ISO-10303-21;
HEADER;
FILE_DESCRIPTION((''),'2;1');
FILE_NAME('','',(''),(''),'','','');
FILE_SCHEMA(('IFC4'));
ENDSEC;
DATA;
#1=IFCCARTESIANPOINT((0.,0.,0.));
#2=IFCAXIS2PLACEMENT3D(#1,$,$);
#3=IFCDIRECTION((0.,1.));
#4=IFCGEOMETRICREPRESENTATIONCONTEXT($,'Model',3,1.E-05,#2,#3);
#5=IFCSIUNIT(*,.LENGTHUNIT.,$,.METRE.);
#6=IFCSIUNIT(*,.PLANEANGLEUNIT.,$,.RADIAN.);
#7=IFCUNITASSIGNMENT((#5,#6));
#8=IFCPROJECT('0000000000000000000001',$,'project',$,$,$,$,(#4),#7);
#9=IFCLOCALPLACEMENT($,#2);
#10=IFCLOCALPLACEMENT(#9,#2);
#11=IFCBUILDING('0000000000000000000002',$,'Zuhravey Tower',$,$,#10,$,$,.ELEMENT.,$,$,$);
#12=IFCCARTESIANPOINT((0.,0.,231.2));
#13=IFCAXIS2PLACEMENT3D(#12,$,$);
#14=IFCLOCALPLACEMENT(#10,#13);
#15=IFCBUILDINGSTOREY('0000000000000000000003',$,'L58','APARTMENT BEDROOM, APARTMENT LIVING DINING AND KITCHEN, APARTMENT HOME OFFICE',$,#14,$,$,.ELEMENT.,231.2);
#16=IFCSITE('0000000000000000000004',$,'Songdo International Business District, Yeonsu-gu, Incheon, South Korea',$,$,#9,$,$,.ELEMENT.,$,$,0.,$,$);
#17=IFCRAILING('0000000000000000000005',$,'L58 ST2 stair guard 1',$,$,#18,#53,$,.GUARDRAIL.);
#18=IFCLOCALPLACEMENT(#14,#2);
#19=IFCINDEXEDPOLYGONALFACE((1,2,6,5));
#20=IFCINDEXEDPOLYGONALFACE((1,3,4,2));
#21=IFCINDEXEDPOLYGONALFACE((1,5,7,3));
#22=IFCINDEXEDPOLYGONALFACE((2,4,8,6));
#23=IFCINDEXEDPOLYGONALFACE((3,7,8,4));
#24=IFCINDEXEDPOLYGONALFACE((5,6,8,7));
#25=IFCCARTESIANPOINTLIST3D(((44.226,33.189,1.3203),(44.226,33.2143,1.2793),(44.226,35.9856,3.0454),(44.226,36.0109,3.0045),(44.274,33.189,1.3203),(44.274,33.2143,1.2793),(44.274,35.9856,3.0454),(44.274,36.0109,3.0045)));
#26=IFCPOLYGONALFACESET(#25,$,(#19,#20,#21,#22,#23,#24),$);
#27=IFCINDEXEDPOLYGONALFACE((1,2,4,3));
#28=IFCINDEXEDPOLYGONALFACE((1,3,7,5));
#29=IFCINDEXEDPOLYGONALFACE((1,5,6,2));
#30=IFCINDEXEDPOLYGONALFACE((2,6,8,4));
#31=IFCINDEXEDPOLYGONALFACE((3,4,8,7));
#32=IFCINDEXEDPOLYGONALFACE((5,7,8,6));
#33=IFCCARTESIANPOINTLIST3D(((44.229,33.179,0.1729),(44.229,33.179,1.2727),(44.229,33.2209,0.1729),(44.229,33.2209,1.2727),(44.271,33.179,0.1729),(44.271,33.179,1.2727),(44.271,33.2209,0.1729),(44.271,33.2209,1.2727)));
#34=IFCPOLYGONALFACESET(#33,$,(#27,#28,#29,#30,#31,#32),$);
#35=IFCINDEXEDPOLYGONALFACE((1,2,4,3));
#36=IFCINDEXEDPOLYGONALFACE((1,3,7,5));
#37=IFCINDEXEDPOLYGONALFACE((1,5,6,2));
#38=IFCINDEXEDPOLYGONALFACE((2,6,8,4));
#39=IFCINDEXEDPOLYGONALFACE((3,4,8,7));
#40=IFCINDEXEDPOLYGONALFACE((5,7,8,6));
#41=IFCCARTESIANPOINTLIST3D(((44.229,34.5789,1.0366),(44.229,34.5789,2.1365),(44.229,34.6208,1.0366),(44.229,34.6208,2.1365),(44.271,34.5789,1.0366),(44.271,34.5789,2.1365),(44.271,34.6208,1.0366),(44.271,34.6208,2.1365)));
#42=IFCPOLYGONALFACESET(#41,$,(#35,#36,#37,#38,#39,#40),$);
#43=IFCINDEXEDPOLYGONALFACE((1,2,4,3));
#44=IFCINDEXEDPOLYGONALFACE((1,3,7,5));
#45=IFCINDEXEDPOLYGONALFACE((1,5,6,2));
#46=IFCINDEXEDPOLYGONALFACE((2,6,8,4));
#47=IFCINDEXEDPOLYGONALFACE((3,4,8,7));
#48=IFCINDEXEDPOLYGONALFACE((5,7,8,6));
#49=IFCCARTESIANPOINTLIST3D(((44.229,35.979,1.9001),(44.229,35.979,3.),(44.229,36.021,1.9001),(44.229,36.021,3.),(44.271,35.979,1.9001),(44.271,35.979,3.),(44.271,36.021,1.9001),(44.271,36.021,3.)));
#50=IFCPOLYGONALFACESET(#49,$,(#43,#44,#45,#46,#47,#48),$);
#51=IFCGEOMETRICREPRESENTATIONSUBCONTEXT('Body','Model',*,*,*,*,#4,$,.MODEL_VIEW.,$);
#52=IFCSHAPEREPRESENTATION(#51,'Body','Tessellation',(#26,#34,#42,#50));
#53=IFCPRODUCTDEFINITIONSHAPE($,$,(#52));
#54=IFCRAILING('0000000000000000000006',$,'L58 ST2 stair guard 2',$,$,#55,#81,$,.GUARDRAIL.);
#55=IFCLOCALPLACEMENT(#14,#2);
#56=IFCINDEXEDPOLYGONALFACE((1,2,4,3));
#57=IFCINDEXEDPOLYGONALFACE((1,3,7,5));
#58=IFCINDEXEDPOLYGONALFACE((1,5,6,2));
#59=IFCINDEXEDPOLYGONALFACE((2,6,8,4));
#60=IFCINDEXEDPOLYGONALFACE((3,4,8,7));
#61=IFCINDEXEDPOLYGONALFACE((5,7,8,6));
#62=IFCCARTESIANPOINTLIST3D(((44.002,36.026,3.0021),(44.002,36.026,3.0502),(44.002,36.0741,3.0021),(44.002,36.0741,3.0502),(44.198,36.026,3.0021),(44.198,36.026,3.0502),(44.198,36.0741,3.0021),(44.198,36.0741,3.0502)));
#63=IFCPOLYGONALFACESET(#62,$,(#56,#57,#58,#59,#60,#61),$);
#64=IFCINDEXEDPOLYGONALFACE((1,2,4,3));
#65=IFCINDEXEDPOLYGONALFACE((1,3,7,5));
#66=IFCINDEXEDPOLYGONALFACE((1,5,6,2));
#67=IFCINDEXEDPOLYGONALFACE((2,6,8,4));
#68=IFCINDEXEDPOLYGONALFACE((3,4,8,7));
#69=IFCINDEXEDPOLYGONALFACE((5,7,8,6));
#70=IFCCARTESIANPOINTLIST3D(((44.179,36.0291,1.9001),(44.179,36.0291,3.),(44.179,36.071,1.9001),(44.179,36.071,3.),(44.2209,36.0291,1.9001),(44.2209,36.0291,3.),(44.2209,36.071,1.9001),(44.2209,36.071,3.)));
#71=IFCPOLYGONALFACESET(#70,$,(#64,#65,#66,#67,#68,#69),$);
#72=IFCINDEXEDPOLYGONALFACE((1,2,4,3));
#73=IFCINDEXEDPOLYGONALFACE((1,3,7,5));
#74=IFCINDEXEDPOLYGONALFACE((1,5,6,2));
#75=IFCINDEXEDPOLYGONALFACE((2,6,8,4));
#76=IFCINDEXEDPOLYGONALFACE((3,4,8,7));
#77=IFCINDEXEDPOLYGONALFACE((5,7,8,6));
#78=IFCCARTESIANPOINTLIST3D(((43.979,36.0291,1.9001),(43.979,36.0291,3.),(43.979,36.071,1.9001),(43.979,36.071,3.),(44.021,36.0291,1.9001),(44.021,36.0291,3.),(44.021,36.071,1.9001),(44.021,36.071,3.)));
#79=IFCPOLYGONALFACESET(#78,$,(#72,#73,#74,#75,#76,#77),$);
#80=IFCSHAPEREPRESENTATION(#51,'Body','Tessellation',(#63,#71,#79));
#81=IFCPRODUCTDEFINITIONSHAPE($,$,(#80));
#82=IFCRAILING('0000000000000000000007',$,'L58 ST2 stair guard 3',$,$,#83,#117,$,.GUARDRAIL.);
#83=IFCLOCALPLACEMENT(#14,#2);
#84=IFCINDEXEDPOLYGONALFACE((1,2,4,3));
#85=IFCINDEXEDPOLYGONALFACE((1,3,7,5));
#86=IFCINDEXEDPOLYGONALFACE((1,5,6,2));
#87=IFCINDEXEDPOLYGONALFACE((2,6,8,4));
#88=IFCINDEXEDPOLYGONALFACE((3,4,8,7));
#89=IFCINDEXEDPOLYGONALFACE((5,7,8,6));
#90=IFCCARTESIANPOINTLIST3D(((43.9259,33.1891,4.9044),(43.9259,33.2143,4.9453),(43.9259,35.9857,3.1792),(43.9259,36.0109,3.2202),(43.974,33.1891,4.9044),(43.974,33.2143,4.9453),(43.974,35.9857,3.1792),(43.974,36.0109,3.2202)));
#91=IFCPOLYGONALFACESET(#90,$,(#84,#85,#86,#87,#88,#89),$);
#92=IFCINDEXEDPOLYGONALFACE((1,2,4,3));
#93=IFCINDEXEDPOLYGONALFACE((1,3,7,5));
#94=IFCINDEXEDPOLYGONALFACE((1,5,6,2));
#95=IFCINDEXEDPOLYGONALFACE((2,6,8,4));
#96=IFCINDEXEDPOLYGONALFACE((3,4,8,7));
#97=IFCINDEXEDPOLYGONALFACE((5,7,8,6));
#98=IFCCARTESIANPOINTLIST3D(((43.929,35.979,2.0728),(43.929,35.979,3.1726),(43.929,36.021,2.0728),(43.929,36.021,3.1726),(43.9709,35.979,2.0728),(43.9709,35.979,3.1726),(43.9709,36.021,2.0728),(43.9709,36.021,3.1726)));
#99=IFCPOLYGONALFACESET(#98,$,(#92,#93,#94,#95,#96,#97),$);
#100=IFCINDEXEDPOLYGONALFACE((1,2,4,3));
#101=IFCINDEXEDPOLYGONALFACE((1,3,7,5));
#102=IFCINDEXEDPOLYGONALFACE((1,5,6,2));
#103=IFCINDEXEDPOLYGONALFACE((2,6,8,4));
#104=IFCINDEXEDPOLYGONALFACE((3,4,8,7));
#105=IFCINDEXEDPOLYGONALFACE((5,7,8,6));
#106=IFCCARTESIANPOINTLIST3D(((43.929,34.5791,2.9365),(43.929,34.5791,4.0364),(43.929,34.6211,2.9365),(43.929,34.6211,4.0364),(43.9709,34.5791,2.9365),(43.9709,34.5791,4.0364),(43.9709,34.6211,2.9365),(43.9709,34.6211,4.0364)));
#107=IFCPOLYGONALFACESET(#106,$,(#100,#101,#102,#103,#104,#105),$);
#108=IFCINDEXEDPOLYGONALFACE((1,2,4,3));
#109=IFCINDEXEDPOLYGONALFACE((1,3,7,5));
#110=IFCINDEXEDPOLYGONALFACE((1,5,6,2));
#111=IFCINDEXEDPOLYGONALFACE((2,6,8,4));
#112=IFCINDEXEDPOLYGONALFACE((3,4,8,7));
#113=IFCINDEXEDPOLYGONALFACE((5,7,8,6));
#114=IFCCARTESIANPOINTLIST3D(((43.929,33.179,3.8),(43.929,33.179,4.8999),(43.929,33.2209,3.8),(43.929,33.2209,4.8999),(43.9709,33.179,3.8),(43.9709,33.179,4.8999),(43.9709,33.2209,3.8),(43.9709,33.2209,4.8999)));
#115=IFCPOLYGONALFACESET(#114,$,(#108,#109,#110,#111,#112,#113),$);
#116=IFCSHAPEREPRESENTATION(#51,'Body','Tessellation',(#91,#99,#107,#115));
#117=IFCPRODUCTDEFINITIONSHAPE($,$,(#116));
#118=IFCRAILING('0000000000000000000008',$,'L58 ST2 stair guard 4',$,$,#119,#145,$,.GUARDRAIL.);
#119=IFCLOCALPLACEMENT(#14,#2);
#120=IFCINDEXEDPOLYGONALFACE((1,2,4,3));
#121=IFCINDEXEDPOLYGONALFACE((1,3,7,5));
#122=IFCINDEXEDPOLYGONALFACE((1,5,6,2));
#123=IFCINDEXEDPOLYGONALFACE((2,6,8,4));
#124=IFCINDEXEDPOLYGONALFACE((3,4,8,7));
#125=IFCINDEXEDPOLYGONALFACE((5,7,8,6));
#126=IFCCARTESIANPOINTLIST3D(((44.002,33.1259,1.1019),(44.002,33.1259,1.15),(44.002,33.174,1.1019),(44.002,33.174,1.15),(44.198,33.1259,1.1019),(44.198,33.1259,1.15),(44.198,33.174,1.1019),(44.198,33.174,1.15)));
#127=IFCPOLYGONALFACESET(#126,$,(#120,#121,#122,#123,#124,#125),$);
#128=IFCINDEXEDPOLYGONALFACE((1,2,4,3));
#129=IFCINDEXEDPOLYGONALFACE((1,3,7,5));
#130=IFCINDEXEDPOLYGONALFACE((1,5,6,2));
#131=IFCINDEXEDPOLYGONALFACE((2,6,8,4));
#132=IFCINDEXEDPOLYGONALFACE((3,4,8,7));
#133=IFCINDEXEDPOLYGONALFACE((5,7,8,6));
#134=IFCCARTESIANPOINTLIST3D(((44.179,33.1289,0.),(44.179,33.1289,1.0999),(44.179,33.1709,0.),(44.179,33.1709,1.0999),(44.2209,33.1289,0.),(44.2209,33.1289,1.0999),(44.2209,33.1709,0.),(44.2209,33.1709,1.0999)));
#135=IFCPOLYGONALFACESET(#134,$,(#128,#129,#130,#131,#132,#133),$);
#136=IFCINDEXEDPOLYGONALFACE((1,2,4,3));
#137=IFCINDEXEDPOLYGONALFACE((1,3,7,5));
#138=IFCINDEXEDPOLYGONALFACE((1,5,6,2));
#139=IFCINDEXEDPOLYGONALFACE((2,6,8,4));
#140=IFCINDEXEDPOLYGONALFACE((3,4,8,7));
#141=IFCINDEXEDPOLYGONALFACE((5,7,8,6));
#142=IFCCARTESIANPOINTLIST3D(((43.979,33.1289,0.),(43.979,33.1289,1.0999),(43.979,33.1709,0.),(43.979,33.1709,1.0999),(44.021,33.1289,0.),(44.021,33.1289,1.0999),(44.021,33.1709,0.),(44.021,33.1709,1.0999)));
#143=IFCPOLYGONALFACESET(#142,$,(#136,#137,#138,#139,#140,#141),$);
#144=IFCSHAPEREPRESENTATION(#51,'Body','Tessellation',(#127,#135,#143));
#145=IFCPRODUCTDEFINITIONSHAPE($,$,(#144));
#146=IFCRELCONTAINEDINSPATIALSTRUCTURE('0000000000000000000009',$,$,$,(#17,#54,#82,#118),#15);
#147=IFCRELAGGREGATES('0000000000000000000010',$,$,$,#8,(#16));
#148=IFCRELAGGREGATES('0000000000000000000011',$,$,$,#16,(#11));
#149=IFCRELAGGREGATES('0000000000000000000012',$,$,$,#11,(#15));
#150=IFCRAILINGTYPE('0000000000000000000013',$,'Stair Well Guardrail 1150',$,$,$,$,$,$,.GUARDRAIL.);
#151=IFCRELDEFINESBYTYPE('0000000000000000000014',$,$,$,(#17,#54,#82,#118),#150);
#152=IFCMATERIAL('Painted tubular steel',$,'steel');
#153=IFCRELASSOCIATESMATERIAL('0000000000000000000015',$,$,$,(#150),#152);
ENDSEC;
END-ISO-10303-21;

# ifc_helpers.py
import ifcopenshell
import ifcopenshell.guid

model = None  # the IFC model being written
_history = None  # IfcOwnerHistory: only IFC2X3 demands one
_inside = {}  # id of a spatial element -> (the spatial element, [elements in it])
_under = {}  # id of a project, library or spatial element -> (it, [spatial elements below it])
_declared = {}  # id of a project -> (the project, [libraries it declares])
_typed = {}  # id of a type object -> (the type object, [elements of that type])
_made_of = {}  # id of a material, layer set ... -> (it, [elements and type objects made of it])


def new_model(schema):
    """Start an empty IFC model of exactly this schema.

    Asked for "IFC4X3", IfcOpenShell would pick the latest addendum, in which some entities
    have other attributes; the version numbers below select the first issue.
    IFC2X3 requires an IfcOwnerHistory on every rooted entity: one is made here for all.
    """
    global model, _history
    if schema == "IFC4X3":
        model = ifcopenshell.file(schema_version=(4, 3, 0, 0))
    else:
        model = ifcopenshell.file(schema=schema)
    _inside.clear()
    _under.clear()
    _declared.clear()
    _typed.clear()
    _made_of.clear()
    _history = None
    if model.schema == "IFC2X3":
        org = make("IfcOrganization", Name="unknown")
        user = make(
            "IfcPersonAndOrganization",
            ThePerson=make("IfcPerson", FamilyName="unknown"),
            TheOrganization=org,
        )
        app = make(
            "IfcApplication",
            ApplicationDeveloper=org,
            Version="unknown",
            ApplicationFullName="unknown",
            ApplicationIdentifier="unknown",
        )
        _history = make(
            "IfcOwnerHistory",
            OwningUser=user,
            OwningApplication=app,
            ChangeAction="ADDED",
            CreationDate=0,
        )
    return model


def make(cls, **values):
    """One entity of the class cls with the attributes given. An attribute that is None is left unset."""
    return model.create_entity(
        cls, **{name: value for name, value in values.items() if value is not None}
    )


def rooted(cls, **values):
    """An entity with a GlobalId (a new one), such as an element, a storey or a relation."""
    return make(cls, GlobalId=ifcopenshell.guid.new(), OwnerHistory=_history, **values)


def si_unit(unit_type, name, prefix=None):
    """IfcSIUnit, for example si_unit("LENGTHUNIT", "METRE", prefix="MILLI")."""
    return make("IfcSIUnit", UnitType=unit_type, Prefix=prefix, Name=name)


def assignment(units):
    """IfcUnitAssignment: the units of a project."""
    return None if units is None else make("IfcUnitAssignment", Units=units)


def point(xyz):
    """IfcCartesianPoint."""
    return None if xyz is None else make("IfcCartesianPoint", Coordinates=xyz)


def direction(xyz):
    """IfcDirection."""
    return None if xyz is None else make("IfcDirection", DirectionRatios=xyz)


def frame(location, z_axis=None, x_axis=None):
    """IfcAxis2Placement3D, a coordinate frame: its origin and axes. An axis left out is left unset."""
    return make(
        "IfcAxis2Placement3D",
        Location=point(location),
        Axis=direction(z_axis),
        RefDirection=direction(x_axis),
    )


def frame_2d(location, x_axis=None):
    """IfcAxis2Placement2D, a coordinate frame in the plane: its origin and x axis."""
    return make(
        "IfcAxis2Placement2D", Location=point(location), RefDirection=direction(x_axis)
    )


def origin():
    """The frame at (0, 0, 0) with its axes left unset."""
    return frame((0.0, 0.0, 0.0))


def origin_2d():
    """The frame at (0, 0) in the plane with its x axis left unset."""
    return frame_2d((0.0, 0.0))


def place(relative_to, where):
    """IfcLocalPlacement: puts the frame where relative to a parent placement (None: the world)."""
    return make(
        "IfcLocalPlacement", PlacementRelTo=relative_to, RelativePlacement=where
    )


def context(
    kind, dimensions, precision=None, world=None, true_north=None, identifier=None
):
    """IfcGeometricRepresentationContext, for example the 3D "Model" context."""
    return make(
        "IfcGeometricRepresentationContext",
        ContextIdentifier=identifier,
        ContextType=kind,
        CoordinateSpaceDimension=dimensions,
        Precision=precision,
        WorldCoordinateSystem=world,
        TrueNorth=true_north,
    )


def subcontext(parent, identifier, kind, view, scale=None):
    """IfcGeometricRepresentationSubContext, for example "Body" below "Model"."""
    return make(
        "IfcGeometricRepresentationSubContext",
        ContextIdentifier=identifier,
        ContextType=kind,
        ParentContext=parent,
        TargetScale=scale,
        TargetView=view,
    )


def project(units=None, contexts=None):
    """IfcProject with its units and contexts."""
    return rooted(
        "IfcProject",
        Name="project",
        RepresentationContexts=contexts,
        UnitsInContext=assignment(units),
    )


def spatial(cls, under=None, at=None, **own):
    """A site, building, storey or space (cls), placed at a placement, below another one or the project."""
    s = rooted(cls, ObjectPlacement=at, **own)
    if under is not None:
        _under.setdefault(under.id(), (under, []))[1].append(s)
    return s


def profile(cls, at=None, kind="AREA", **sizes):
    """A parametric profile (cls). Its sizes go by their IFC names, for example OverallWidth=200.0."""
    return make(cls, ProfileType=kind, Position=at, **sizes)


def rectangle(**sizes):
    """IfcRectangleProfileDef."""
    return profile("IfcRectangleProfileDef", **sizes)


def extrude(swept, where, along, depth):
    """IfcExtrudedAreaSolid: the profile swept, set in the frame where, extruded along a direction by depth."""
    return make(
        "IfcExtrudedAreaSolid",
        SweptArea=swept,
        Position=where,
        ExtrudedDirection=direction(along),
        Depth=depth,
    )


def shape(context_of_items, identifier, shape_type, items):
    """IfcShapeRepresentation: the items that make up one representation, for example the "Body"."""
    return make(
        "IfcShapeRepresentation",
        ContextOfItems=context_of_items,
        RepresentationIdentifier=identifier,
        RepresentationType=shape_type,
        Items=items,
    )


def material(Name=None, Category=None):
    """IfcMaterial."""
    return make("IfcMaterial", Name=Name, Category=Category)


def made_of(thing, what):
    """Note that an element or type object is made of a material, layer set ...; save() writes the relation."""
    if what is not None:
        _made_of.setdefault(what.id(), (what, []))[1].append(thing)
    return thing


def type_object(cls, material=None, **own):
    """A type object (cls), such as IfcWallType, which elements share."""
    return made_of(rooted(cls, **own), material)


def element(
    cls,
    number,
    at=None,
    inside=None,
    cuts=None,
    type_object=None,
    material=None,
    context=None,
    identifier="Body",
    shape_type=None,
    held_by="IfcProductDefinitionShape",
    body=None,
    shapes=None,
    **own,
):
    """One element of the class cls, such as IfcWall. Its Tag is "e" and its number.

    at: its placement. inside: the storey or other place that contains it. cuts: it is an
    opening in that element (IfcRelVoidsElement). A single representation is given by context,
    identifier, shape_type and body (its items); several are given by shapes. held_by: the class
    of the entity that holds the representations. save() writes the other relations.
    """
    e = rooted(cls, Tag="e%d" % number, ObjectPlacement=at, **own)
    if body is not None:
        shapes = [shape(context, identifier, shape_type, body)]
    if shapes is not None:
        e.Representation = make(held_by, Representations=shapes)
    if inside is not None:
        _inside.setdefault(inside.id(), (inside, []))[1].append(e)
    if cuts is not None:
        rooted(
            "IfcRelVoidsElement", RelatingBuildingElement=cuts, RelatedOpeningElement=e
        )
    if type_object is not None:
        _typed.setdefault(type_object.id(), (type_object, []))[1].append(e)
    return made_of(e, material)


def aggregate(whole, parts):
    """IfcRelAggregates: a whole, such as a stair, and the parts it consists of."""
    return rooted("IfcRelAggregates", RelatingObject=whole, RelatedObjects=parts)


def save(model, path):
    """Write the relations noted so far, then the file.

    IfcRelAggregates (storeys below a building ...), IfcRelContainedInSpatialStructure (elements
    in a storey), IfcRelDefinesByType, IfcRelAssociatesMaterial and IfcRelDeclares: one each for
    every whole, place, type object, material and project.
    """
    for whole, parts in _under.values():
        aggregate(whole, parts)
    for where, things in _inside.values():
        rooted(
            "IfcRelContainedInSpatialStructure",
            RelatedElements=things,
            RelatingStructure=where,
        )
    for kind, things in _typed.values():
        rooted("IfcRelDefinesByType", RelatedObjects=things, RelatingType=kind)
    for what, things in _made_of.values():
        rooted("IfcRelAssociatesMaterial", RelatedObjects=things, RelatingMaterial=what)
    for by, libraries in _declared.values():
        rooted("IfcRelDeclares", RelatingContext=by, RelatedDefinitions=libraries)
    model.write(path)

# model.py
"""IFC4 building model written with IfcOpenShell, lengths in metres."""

from ifc_helpers import new_model, si_unit, direction, frame, origin, origin_2d, place, context, subcontext, project, spatial, rectangle, extrude, material, type_object, element, save


model = new_model("IFC4")

# Units and contexts
model_context = context("Model", 3, precision=1e-05, world=origin(), true_north=direction((0.0, 1.0)))
body_context = subcontext(model_context, "Body", "Model", "MODEL_VIEW")
ifc_project = project(units=[si_unit("LENGTHUNIT", "METRE"), si_unit("PLANEANGLEUNIT", "RADIAN")], contexts=[model_context])

# Site, building, storey
site_placement = place(None, origin())
site = spatial("IfcSite", under=ifc_project, at=site_placement, Name="Songdo International Business District, Yeonsu-gu, Incheon, South Korea", CompositionType="ELEMENT", RefElevation=0.0)
building_placement = place(site_placement, origin())
building = spatial("IfcBuilding", under=site, at=building_placement, Name="Zuhravey Tower", CompositionType="ELEMENT")
storey_placement = place(building_placement, frame((0.0, 0.0, 231.2)))
storey = spatial("IfcBuildingStorey", under=building, at=storey_placement, Name="L58", Description="APARTMENT BEDROOM, APARTMENT LIVING DINING AND KITCHEN, APARTMENT HOME OFFICE", CompositionType="ELEMENT", Elevation=231.2)

# Railings
ifc_material_1 = material(Name="Painted tubular steel", Category="steel")
railing_type_1 = type_object("IfcRailingType", Name="Stair Well Guardrail 1150", PredefinedType="GUARDRAIL", material=ifc_material_1)
railing_1_placement = place(storey_placement, frame((44.25, 33.2, 0.1729)))
element("IfcRailing", 1, at=railing_1_placement, inside=storey, type_object=railing_type_1, Name="L58 ST2 stair guard 1", PredefinedType="GUARDRAIL", context=body_context, shape_type="SweptSolid", body=[
    extrude(rectangle(XDim=0.0481, YDim=0.0481, at=origin_2d()), frame((0.0, 0.0017, 1.127), z_axis=(0.0, 0.85109, 0.52502), x_axis=(-1.0, 0.0, 0.0)), (0.0, 0.0, 1.0), 3.2859),
    extrude(rectangle(XDim=0.042, YDim=0.042, at=origin_2d()), origin(), (0.0, 0.0, 1.0), 1.0999),
    extrude(rectangle(XDim=0.042, YDim=0.042, at=origin_2d()), frame((0.0, 1.3999, 0.8638)), (0.0, 0.0, 1.0), 1.0999),
    extrude(rectangle(XDim=0.042, YDim=0.042, at=origin_2d()), frame((0.0, 2.8, 1.7273)), (0.0, 0.0, 1.0), 1.0999),
])
railing_2_placement = place(storey_placement, frame((44.2, 36.05, 1.9001)))
element("IfcRailing", 2, at=railing_2_placement, inside=storey, type_object=railing_type_1, Name="L58 ST2 stair guard 2", PredefinedType="GUARDRAIL", context=body_context, shape_type="SweptSolid", body=[
    extrude(rectangle(XDim=0.0481, YDim=0.0481, at=origin_2d()), frame((-0.002, 0.0, 1.126), z_axis=(-1.0, 0.0, 0.0), x_axis=(0.0, -1.0, 0.0)), (0.0, 0.0, 1.0), 0.196),
    extrude(rectangle(XDim=0.042, YDim=0.042, at=origin_2d()), origin(), (0.0, 0.0, 1.0), 1.0999),
    extrude(rectangle(XDim=0.042, YDim=0.042, at=origin_2d()), frame((-0.2, 0.0, 0.0)), (0.0, 0.0, 1.0), 1.0999),
])
railing_3_placement = place(storey_placement, frame((43.95, 36.0, 2.0728)))
element("IfcRailing", 3, at=railing_3_placement, inside=storey, type_object=railing_type_1, Name="L58 ST2 stair guard 3", PredefinedType="GUARDRAIL", context=body_context, shape_type="SweptSolid", body=[
    extrude(rectangle(XDim=0.0481, YDim=0.0481, at=origin_2d()), frame((0.0, -0.0017, 1.127), z_axis=(0.0, -0.85109, 0.52502), x_axis=(1.0, 0.0, 0.0)), (0.0, 0.0, 1.0), 3.2859),
    extrude(rectangle(XDim=0.042, YDim=0.042, at=origin_2d()), origin(), (0.0, 0.0, 1.0), 1.0999),
    extrude(rectangle(XDim=0.042, YDim=0.042, at=origin_2d()), frame((0.0, -1.3999, 0.8638)), (0.0, 0.0, 1.0), 1.0999),
    extrude(rectangle(XDim=0.042, YDim=0.042, at=origin_2d()), frame((0.0, -2.8, 1.7273)), (0.0, 0.0, 1.0), 1.0999),
])
railing_4_placement = place(storey_placement, frame((44.2, 33.1499, 0.0)))
element("IfcRailing", 4, at=railing_4_placement, inside=storey, type_object=railing_type_1, Name="L58 ST2 stair guard 4", PredefinedType="GUARDRAIL", context=body_context, shape_type="SweptSolid", body=[
    extrude(rectangle(XDim=0.0481, YDim=0.0481, at=origin_2d()), frame((-0.002, 0.0, 1.126), z_axis=(-1.0, 0.0, 0.0), x_axis=(0.0, -1.0, 0.0)), (0.0, 0.0, 1.0), 0.196),
    extrude(rectangle(XDim=0.042, YDim=0.042, at=origin_2d()), origin(), (0.0, 0.0, 1.0), 1.0999),
    extrude(rectangle(XDim=0.042, YDim=0.042, at=origin_2d()), frame((-0.2, 0.0, 0.0)), (0.0, 0.0, 1.0), 1.0999),
])

save(model, "model.ifc")
